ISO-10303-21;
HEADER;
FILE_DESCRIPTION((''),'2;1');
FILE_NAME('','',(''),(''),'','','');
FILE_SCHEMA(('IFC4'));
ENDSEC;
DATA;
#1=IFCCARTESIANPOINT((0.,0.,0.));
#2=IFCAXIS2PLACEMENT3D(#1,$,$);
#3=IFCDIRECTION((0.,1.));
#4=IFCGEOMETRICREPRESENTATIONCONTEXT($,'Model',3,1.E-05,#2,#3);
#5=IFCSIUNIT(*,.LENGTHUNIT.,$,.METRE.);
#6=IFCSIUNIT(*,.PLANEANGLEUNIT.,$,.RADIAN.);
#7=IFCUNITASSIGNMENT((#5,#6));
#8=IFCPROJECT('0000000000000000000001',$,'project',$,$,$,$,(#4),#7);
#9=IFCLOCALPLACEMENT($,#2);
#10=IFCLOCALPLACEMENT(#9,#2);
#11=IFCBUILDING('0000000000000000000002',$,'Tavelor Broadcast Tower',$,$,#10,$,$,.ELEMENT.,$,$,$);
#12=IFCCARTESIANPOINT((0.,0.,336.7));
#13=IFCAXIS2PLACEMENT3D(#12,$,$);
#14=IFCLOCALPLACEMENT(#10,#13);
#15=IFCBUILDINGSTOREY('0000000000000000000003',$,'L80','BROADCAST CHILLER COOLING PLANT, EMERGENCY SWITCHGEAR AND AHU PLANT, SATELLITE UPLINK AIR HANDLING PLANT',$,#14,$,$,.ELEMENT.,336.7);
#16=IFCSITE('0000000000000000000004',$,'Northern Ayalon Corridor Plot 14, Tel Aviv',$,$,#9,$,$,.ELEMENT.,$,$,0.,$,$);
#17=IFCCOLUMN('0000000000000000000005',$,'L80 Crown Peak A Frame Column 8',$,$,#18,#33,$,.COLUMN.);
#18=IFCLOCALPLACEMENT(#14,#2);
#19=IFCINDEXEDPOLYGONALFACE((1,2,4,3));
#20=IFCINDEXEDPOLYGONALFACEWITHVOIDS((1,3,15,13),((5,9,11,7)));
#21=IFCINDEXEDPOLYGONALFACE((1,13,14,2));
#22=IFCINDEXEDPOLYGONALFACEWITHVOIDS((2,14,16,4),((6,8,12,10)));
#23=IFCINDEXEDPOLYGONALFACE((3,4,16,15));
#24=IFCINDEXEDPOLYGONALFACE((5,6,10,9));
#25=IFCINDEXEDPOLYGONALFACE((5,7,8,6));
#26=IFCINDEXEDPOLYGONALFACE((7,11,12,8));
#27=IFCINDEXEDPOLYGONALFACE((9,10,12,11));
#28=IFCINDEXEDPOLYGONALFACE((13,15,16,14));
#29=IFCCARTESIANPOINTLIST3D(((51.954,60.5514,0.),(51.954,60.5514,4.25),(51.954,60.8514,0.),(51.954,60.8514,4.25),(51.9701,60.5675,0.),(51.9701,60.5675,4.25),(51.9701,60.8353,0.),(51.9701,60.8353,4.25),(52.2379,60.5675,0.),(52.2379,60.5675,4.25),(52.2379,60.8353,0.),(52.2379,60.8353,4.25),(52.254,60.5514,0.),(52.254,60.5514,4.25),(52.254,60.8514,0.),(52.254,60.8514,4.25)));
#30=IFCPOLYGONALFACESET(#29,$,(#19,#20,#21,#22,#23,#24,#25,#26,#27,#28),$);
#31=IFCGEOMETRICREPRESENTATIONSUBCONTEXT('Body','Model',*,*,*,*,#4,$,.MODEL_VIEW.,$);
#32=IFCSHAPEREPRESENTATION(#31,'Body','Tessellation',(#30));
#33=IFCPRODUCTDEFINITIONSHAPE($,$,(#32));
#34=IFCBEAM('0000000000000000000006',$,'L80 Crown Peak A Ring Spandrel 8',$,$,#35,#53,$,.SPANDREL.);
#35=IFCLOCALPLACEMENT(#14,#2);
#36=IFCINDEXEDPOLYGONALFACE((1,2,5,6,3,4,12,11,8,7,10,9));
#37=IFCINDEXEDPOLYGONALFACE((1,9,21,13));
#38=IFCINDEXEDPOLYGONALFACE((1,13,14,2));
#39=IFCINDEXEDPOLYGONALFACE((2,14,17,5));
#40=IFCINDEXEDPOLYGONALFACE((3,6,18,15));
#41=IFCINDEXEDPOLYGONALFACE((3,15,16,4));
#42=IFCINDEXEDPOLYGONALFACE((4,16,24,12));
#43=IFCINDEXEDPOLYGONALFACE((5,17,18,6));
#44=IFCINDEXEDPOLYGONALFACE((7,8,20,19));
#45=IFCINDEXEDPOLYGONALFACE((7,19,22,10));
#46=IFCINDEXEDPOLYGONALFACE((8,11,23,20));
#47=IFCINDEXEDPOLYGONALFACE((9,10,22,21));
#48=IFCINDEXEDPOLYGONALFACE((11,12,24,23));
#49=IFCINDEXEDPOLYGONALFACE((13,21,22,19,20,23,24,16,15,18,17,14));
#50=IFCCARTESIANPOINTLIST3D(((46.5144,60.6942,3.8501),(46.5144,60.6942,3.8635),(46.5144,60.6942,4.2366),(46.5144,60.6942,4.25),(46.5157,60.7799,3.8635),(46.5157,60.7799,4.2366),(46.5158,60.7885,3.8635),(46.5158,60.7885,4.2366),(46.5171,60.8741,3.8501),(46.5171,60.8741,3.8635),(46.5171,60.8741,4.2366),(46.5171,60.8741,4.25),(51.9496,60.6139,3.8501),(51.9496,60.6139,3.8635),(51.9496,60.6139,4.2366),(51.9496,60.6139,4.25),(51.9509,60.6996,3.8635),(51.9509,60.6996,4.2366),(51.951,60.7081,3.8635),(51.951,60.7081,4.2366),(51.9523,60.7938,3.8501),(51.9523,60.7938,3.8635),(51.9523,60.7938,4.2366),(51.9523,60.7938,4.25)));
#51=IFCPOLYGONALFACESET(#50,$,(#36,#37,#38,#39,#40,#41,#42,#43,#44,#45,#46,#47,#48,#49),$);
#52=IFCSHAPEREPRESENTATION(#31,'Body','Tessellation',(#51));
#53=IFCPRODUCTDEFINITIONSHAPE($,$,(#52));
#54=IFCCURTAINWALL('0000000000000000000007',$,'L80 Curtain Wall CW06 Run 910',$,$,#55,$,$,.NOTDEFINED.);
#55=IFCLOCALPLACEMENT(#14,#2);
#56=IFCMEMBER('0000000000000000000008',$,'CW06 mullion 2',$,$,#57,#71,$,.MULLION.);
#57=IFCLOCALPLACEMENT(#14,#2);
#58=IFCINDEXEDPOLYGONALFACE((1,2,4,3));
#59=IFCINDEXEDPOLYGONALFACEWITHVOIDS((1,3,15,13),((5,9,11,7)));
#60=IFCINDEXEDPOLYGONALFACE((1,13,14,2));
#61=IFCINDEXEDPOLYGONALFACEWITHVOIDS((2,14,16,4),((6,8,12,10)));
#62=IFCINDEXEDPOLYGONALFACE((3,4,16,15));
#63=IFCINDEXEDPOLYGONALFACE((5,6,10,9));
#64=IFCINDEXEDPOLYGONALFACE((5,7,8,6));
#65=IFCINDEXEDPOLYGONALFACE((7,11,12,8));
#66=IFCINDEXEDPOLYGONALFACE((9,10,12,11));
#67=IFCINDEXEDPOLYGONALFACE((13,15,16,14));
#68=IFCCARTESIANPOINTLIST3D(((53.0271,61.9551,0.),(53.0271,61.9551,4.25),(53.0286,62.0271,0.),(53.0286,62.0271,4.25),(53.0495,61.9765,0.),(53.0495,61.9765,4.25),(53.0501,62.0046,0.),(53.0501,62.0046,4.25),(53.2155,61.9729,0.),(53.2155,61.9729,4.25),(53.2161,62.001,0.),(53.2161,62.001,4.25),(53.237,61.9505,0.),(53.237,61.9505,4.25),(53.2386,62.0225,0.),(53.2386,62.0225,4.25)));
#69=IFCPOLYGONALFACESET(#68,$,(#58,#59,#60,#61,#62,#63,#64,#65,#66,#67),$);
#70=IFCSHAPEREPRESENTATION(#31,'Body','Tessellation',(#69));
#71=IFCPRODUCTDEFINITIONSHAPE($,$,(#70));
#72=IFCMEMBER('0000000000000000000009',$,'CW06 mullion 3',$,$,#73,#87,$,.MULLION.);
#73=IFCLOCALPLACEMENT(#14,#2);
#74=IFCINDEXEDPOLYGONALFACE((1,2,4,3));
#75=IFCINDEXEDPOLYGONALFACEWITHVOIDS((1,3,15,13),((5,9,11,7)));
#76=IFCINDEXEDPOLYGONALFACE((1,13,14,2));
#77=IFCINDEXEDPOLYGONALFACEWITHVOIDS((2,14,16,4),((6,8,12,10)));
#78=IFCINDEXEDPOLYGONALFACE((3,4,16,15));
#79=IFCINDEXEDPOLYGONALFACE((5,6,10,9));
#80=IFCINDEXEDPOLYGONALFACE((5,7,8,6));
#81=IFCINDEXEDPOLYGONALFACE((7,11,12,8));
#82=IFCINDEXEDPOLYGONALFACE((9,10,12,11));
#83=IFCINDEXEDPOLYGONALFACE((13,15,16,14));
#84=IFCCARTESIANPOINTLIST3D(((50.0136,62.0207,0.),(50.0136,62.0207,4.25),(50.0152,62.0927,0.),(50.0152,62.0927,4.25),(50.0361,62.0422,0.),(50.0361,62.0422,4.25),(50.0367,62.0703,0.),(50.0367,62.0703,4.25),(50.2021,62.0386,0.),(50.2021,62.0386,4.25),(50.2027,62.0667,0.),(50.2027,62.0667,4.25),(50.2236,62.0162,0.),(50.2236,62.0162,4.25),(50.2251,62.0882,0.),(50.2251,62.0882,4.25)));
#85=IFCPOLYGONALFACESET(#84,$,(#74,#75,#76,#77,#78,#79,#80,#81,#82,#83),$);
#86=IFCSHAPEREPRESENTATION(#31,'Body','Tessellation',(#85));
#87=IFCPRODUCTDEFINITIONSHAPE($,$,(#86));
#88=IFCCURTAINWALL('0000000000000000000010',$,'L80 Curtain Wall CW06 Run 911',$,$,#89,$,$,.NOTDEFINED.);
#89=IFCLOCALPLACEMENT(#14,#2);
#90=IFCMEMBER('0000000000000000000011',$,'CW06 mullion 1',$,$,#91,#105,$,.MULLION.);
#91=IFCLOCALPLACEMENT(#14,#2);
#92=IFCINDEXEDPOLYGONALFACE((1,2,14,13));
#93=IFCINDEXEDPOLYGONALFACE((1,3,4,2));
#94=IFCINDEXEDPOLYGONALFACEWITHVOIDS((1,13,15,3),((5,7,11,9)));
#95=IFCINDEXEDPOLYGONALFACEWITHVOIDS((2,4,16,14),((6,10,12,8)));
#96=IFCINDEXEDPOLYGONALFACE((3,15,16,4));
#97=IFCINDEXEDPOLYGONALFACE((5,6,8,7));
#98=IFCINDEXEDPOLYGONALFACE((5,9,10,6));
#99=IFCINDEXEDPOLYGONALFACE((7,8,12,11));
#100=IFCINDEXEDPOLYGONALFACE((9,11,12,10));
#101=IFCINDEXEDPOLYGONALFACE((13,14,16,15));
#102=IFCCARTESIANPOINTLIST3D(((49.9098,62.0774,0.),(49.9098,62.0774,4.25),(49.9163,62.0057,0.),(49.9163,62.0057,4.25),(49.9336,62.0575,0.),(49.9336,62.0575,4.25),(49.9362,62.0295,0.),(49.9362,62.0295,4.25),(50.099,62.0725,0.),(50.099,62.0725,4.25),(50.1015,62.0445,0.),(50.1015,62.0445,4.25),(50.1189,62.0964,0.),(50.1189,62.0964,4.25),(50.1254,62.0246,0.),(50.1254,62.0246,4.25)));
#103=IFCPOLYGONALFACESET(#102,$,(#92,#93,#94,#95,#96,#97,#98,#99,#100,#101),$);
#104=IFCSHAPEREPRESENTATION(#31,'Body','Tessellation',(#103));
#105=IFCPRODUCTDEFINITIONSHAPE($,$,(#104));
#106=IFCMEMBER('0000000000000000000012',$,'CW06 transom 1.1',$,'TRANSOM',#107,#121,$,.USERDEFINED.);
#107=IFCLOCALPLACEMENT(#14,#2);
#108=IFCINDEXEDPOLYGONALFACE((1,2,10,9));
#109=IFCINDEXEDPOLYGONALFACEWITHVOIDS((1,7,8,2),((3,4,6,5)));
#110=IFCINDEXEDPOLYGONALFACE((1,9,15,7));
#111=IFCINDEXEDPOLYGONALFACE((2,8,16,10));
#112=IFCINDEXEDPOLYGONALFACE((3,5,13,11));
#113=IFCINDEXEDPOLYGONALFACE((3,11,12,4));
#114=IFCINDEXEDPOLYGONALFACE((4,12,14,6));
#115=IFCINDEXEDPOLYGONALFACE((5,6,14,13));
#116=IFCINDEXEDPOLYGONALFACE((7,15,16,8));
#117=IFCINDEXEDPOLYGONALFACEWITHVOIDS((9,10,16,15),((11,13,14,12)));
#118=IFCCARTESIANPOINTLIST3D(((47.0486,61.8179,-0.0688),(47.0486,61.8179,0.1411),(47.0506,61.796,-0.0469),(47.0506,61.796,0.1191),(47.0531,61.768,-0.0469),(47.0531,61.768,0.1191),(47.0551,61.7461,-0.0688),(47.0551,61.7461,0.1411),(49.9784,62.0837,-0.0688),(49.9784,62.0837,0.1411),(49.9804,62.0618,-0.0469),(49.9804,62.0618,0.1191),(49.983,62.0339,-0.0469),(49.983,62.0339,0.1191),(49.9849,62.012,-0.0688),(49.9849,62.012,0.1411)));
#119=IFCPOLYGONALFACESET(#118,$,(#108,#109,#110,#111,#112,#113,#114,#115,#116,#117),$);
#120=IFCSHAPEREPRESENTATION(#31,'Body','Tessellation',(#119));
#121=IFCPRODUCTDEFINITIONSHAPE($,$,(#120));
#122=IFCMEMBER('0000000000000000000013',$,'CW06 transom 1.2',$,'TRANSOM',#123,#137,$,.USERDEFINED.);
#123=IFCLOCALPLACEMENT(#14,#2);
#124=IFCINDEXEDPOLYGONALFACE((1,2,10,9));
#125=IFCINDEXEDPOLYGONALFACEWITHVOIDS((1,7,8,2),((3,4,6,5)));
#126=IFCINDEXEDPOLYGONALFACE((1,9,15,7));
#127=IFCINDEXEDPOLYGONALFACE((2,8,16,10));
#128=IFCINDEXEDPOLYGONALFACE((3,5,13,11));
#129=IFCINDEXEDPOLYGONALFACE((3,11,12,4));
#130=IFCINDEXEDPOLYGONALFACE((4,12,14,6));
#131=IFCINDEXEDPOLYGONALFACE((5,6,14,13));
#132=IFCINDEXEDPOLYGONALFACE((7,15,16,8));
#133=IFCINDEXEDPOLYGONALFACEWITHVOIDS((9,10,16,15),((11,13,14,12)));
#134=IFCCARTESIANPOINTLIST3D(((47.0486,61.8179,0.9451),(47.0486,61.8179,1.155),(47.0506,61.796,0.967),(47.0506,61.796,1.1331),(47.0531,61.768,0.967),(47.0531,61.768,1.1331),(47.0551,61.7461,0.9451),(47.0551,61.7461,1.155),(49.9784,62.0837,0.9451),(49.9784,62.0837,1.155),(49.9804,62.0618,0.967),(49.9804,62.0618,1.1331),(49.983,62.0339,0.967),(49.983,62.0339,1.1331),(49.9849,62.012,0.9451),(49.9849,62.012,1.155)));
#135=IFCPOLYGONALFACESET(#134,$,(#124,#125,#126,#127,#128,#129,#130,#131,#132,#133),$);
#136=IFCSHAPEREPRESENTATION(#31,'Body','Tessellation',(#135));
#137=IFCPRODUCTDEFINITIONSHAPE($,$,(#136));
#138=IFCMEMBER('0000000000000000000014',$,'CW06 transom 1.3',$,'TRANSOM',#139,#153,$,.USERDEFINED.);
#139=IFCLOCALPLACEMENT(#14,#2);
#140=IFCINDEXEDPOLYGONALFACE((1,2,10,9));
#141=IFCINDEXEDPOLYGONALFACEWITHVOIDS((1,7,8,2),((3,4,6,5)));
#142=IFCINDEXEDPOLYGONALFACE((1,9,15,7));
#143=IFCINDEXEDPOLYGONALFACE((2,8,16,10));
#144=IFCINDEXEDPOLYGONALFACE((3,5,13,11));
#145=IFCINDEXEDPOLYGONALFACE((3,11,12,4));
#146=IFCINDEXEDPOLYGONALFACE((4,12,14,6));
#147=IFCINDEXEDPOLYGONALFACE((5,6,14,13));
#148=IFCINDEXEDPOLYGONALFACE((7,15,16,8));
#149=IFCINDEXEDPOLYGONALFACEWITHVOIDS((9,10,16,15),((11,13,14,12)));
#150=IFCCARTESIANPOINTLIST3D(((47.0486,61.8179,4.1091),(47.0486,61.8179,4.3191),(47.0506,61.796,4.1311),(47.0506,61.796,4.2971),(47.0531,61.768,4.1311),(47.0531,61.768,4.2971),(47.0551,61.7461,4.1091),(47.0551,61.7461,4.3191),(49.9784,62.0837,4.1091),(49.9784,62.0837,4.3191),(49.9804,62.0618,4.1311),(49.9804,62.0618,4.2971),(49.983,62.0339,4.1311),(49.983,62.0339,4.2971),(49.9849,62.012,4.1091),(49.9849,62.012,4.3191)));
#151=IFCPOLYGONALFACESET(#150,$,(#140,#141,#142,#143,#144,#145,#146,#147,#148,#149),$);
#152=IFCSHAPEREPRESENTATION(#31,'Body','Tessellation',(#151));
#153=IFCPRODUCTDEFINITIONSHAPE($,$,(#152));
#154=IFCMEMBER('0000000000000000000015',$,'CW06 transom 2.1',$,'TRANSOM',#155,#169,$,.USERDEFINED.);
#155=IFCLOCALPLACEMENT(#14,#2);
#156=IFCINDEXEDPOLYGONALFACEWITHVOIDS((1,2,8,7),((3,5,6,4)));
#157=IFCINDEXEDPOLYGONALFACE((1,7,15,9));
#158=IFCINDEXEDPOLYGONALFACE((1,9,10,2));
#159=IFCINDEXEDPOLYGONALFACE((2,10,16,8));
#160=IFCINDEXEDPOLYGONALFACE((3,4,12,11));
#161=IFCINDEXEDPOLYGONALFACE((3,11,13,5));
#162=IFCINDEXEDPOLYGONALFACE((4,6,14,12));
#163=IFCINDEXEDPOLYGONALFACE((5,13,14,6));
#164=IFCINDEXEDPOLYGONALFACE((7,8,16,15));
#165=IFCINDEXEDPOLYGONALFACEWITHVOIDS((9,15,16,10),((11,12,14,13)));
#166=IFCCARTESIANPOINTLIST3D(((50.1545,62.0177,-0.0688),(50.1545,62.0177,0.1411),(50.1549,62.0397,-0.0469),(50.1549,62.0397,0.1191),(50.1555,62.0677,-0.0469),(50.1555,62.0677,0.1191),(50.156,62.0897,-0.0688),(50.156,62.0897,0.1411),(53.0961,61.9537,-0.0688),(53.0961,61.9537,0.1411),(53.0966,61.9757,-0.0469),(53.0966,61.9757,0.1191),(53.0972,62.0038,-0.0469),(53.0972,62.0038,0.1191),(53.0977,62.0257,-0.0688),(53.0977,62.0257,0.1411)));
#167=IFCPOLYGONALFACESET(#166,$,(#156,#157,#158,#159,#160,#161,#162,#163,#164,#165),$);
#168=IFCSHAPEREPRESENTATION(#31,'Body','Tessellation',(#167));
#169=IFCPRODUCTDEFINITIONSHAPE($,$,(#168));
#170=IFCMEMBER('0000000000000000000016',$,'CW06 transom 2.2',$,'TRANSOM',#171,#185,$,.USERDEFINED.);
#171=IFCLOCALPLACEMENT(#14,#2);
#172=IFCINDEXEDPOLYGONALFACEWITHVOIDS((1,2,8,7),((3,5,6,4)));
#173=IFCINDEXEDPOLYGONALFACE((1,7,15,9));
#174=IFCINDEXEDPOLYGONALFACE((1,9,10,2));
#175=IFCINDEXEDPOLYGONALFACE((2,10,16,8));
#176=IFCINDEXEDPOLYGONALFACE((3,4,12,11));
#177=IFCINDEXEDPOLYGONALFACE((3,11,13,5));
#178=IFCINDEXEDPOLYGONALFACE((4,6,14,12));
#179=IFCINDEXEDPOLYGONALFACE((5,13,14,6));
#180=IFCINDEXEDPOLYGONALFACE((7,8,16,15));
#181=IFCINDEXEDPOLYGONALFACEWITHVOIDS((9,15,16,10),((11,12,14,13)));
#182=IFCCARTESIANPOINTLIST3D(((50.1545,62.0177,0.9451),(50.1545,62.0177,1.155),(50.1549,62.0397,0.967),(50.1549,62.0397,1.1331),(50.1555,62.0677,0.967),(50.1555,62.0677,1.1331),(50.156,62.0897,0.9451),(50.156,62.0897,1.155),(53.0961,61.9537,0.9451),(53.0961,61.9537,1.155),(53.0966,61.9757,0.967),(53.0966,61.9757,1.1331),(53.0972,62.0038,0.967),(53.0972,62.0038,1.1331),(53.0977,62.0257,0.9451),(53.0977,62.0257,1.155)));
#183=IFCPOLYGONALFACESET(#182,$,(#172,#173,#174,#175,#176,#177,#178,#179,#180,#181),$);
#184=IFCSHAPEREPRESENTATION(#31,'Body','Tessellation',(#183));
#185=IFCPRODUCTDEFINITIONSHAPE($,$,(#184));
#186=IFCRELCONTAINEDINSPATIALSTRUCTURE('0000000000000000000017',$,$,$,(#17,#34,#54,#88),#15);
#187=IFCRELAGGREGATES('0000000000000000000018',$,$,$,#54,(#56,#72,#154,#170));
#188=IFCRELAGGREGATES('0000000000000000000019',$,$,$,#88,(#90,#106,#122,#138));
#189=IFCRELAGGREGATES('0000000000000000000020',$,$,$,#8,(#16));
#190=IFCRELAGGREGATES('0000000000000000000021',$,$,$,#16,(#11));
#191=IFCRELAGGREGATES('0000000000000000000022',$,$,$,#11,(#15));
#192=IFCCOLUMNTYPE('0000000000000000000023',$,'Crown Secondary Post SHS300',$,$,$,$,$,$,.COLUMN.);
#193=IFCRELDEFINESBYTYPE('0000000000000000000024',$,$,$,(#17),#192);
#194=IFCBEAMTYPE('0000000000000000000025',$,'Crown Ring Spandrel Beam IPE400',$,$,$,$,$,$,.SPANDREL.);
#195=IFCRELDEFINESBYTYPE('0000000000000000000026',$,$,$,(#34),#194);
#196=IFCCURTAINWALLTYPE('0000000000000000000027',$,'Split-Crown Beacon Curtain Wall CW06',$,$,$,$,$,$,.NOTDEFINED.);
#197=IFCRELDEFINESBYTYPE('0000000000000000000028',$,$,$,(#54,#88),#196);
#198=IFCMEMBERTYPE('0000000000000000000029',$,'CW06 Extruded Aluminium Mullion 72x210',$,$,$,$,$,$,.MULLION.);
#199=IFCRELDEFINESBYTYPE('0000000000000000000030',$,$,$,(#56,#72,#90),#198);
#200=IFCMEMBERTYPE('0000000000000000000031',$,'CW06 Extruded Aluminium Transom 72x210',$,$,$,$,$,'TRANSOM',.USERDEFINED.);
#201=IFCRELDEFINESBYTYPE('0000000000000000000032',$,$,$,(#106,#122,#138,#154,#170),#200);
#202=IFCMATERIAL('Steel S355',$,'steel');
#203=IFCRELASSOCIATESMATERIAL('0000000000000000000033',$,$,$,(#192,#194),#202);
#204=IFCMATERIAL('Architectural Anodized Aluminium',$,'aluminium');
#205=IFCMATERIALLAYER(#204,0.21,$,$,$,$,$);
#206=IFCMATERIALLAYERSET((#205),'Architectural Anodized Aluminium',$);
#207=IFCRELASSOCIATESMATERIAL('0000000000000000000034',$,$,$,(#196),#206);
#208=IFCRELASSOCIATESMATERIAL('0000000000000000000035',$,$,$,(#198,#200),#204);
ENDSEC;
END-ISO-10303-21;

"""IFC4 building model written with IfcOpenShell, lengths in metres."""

from ifc_helpers import new_model, si_unit, direction, frame, origin, origin_2d, place, context, subcontext, project, spatial, hollow_rectangle, i_section, extrude, source, transform, mapped, material, layer, layer_set, material_profile, profile_set, type_object, type_shapes, element, aggregate, save


model = new_model("IFC4")

# Units and contexts
model_context = context("Model", 3, precision=1e-05, world=origin(), true_north=direction((0.0, 1.0)))
body_context = subcontext(model_context, "Body", "Model", "MODEL_VIEW")
ifc_project = project(units=[si_unit("LENGTHUNIT", "METRE"), si_unit("PLANEANGLEUNIT", "RADIAN")], contexts=[model_context])

# Site, building, storey
site_placement = place(None, origin())
site = spatial("IfcSite", under=ifc_project, at=site_placement, Name="Northern Ayalon Corridor Plot 14, Tel Aviv", CompositionType="ELEMENT", RefElevation=0.0)
building_placement = place(site_placement, origin())
building = spatial("IfcBuilding", under=site, at=building_placement, Name="Tavelor Broadcast Tower", CompositionType="ELEMENT")
storey_placement = place(building_placement, frame((0.0, 0.0, 336.7)))
storey = spatial("IfcBuildingStorey", under=building, at=storey_placement, Name="L80", Description="BROADCAST CHILLER COOLING PLANT, EMERGENCY SWITCHGEAR AND AHU PLANT, SATELLITE UPLINK AIR HANDLING PLANT", CompositionType="ELEMENT", Elevation=336.7)

# Column
ifc_material_1 = material(Name="Steel S355", Category="steel")
ifc_material_profile_1 = material_profile(ifc_material_1, hollow_rectangle(XDim=0.3, YDim=0.3, WallThickness=0.0161, at=origin_2d()), Name="SHS 300x300x16")
ifc_profile_set_1 = profile_set([ifc_material_profile_1], Name="Steel S355")
column_type = type_object("IfcColumnType", Name="Crown Secondary Post SHS300", PredefinedType="COLUMN", material=ifc_profile_set_1)
column_placement = place(storey_placement, frame((52.104, 60.7014, 0.0), z_axis=(0.0, 0.0, 1.0), x_axis=(1.0, 0.0, 0.0)))
element("IfcColumn", 1, at=column_placement, inside=storey, type_object=column_type, Name="L80 Crown Peak A Frame Column 8", PredefinedType="COLUMN", context=body_context, shape_type="SweptSolid", body=[
    extrude(hollow_rectangle(XDim=0.3, YDim=0.3, WallThickness=0.0161, at=origin_2d()), origin(), (0.0, 0.0, 1.0), 4.25),
])

# Beam
ifc_material_profile_2 = material_profile(ifc_material_1, i_section(OverallWidth=0.1799, OverallDepth=0.3999, WebThickness=0.0085, FlangeThickness=0.0134, at=origin_2d()), Name="IPE 400")
ifc_profile_set_2 = profile_set([ifc_material_profile_2], Name="Steel S355")
beam_type = type_object("IfcBeamType", Name="Crown Ring Spandrel Beam IPE400", PredefinedType="SPANDREL", material=ifc_profile_set_2)
beam_placement = place(storey_placement, frame((51.9509, 60.7039, 4.05), z_axis=(-0.999891, 0.014776, 0.0), x_axis=(-0.014776, -0.999891, 0.0)))
element("IfcBeam", 2, at=beam_placement, inside=storey, type_object=beam_type, Name="L80 Crown Peak A Ring Spandrel 8", PredefinedType="SPANDREL", context=body_context, shape_type="SweptSolid", body=[
    extrude(i_section(OverallWidth=0.1799, OverallDepth=0.3999, WebThickness=0.0085, FlangeThickness=0.0134, at=origin_2d()), origin(), (0.0, 0.0, 1.0), 5.4358),
])

# Curtain walls, members
ifc_material_2 = material(Name="Architectural Anodized Aluminium", Category="aluminium")
ifc_layer_1 = layer(ifc_material_2, 0.21)
ifc_layer_set_1 = layer_set([ifc_layer_1], Name="Architectural Anodized Aluminium")
curtain_wall_type = type_object("IfcCurtainWallType", Name="Split-Crown Beacon Curtain Wall CW06", PredefinedType="NOTDEFINED", material=ifc_layer_set_1)
curtain_wall_1_placement = place(storey_placement, origin())
curtain_wall_1 = element("IfcCurtainWall", 3, at=curtain_wall_1_placement, inside=storey, type_object=curtain_wall_type, Name="L80 Curtain Wall CW06 Run 910", PredefinedType="NOTDEFINED")
ifc_material_profile_3 = material_profile(ifc_material_2, hollow_rectangle(XDim=0.072, YDim=0.21, WallThickness=0.022, at=origin_2d()), Name="RHS 72x210x22")
ifc_profile_set_3 = profile_set([ifc_material_profile_3], Name="Architectural Anodized Aluminium")
member_type_1 = type_object("IfcMemberType", Name="CW06 Extruded Aluminium Mullion 72x210", PredefinedType="MULLION", material=ifc_profile_set_3)
shared_shape_1 = source(origin(), body_context, "Body", "SweptSolid", [
    extrude(hollow_rectangle(XDim=0.072, YDim=0.21, WallThickness=0.022, at=origin_2d()), origin(), (0.0, 0.0, 1.0), 4.25),
])
type_shapes(member_type_1, [shared_shape_1])
member_1_placement = place(storey_placement, frame((53.1328, 61.9888, 0.0), z_axis=(0.0, 0.0, 1.0), x_axis=(-0.021786, -0.999763, 0.0)))
member_1 = element("IfcMember", 4, at=member_1_placement, type_object=member_type_1, Name="CW06 mullion 2", PredefinedType="MULLION", context=body_context, shape_type="MappedRepresentation", body=[
    mapped(shared_shape_1, transform((0.0, 0.0, 0.0), scale=1.0)),
])
member_2_placement = place(storey_placement, frame((50.1194, 62.0544, 0.0), z_axis=(0.0, 0.0, 1.0), x_axis=(-0.021786, -0.999763, 0.0)))
member_2 = element("IfcMember", 5, at=member_2_placement, type_object=member_type_1, Name="CW06 mullion 3", PredefinedType="MULLION", context=body_context, shape_type="MappedRepresentation", body=[
    mapped(shared_shape_1, transform((0.0, 0.0, 0.0), scale=1.0)),
])
curtain_wall_2_placement = place(storey_placement, origin())
curtain_wall_2 = element("IfcCurtainWall", 6, at=curtain_wall_2_placement, inside=storey, type_object=curtain_wall_type, Name="L80 Curtain Wall CW06 Run 911", PredefinedType="NOTDEFINED")
member_3_placement = place(storey_placement, frame((50.0176, 62.051, 0.0), z_axis=(0.0, 0.0, 1.0), x_axis=(0.090355, -0.99591, 0.0)))
member_3 = element("IfcMember", 7, at=member_3_placement, type_object=member_type_1, Name="CW06 mullion 1", PredefinedType="MULLION", context=body_context, shape_type="MappedRepresentation", body=[
    mapped(shared_shape_1, transform((0.0, 0.0, 0.0), scale=1.0)),
])
ifc_material_profile_4 = material_profile(ifc_material_2, hollow_rectangle(XDim=0.072, YDim=0.21, WallThickness=0.022, at=origin_2d()), Name="RHS 72x210x22")
ifc_profile_set_4 = profile_set([ifc_material_profile_4], Name="Architectural Anodized Aluminium")
member_type_2 = type_object("IfcMemberType", Name="CW06 Extruded Aluminium Transom 72x210", ElementType="TRANSOM", PredefinedType="USERDEFINED", material=ifc_profile_set_4)
shared_shape_2 = source(origin(), body_context, "Body", "SweptSolid", [
    extrude(hollow_rectangle(XDim=0.072, YDim=0.21, WallThickness=0.022, at=origin_2d()), origin(), (0.0, 0.0, 1.0), 2.9419),
])
member_4_placement = place(storey_placement, frame((49.9817, 62.0479, 0.0361), z_axis=(-0.995908, -0.090371, 0.0), x_axis=(0.090371, -0.995908, 0.0)))
member_4 = element("IfcMember", 8, at=member_4_placement, type_object=member_type_2, Name="CW06 transom 1.1", ObjectType="TRANSOM", PredefinedType="USERDEFINED", context=body_context, shape_type="MappedRepresentation", body=[
    mapped(shared_shape_2, transform((0.0, 0.0, 0.0), scale=1.0)),
])
member_5_placement = place(storey_placement, frame((49.9817, 62.0479, 1.05), z_axis=(-0.995908, -0.090371, 0.0), x_axis=(0.090371, -0.995908, 0.0)))
member_5 = element("IfcMember", 9, at=member_5_placement, type_object=member_type_2, Name="CW06 transom 1.2", ObjectType="TRANSOM", PredefinedType="USERDEFINED", context=body_context, shape_type="MappedRepresentation", body=[
    mapped(shared_shape_2, transform((0.0, 0.0, 0.0), scale=1.0)),
])
member_6_placement = place(storey_placement, frame((49.9817, 62.0479, 4.2141), z_axis=(-0.995908, -0.090371, 0.0), x_axis=(0.090371, -0.995908, 0.0)))
member_6 = element("IfcMember", 10, at=member_6_placement, type_object=member_type_2, Name="CW06 transom 1.3", ObjectType="TRANSOM", PredefinedType="USERDEFINED", context=body_context, shape_type="MappedRepresentation", body=[
    mapped(shared_shape_2, transform((0.0, 0.0, 0.0), scale=1.0)),
])

# Members
shared_shape_3 = source(origin(), body_context, "Body", "SweptSolid", [
    extrude(hollow_rectangle(XDim=0.072, YDim=0.21, WallThickness=0.022, at=origin_2d()), origin(), (0.0, 0.0, 1.0), 2.9424),
])
member_7_placement = place(storey_placement, frame((53.0969, 61.9897, 0.0361), z_axis=(-0.999764, 0.021739, 0.0), x_axis=(-0.021739, -0.999764, 0.0)))
member_7 = element("IfcMember", 11, at=member_7_placement, type_object=member_type_2, Name="CW06 transom 2.1", ObjectType="TRANSOM", PredefinedType="USERDEFINED", context=body_context, shape_type="MappedRepresentation", body=[
    mapped(shared_shape_3, transform((0.0, 0.0, 0.0), scale=1.0)),
])
member_8_placement = place(storey_placement, frame((53.0969, 61.9897, 1.05), z_axis=(-0.999764, 0.021739, 0.0), x_axis=(-0.021739, -0.999764, 0.0)))
member_8 = element("IfcMember", 12, at=member_8_placement, type_object=member_type_2, Name="CW06 transom 2.2", ObjectType="TRANSOM", PredefinedType="USERDEFINED", context=body_context, shape_type="MappedRepresentation", body=[
    mapped(shared_shape_3, transform((0.0, 0.0, 0.0), scale=1.0)),
])

aggregate(curtain_wall_1, [member_1, member_2, member_7, member_8])
aggregate(curtain_wall_2, [member_3, member_4, member_5, member_6])

save(model, "model.ifc")
